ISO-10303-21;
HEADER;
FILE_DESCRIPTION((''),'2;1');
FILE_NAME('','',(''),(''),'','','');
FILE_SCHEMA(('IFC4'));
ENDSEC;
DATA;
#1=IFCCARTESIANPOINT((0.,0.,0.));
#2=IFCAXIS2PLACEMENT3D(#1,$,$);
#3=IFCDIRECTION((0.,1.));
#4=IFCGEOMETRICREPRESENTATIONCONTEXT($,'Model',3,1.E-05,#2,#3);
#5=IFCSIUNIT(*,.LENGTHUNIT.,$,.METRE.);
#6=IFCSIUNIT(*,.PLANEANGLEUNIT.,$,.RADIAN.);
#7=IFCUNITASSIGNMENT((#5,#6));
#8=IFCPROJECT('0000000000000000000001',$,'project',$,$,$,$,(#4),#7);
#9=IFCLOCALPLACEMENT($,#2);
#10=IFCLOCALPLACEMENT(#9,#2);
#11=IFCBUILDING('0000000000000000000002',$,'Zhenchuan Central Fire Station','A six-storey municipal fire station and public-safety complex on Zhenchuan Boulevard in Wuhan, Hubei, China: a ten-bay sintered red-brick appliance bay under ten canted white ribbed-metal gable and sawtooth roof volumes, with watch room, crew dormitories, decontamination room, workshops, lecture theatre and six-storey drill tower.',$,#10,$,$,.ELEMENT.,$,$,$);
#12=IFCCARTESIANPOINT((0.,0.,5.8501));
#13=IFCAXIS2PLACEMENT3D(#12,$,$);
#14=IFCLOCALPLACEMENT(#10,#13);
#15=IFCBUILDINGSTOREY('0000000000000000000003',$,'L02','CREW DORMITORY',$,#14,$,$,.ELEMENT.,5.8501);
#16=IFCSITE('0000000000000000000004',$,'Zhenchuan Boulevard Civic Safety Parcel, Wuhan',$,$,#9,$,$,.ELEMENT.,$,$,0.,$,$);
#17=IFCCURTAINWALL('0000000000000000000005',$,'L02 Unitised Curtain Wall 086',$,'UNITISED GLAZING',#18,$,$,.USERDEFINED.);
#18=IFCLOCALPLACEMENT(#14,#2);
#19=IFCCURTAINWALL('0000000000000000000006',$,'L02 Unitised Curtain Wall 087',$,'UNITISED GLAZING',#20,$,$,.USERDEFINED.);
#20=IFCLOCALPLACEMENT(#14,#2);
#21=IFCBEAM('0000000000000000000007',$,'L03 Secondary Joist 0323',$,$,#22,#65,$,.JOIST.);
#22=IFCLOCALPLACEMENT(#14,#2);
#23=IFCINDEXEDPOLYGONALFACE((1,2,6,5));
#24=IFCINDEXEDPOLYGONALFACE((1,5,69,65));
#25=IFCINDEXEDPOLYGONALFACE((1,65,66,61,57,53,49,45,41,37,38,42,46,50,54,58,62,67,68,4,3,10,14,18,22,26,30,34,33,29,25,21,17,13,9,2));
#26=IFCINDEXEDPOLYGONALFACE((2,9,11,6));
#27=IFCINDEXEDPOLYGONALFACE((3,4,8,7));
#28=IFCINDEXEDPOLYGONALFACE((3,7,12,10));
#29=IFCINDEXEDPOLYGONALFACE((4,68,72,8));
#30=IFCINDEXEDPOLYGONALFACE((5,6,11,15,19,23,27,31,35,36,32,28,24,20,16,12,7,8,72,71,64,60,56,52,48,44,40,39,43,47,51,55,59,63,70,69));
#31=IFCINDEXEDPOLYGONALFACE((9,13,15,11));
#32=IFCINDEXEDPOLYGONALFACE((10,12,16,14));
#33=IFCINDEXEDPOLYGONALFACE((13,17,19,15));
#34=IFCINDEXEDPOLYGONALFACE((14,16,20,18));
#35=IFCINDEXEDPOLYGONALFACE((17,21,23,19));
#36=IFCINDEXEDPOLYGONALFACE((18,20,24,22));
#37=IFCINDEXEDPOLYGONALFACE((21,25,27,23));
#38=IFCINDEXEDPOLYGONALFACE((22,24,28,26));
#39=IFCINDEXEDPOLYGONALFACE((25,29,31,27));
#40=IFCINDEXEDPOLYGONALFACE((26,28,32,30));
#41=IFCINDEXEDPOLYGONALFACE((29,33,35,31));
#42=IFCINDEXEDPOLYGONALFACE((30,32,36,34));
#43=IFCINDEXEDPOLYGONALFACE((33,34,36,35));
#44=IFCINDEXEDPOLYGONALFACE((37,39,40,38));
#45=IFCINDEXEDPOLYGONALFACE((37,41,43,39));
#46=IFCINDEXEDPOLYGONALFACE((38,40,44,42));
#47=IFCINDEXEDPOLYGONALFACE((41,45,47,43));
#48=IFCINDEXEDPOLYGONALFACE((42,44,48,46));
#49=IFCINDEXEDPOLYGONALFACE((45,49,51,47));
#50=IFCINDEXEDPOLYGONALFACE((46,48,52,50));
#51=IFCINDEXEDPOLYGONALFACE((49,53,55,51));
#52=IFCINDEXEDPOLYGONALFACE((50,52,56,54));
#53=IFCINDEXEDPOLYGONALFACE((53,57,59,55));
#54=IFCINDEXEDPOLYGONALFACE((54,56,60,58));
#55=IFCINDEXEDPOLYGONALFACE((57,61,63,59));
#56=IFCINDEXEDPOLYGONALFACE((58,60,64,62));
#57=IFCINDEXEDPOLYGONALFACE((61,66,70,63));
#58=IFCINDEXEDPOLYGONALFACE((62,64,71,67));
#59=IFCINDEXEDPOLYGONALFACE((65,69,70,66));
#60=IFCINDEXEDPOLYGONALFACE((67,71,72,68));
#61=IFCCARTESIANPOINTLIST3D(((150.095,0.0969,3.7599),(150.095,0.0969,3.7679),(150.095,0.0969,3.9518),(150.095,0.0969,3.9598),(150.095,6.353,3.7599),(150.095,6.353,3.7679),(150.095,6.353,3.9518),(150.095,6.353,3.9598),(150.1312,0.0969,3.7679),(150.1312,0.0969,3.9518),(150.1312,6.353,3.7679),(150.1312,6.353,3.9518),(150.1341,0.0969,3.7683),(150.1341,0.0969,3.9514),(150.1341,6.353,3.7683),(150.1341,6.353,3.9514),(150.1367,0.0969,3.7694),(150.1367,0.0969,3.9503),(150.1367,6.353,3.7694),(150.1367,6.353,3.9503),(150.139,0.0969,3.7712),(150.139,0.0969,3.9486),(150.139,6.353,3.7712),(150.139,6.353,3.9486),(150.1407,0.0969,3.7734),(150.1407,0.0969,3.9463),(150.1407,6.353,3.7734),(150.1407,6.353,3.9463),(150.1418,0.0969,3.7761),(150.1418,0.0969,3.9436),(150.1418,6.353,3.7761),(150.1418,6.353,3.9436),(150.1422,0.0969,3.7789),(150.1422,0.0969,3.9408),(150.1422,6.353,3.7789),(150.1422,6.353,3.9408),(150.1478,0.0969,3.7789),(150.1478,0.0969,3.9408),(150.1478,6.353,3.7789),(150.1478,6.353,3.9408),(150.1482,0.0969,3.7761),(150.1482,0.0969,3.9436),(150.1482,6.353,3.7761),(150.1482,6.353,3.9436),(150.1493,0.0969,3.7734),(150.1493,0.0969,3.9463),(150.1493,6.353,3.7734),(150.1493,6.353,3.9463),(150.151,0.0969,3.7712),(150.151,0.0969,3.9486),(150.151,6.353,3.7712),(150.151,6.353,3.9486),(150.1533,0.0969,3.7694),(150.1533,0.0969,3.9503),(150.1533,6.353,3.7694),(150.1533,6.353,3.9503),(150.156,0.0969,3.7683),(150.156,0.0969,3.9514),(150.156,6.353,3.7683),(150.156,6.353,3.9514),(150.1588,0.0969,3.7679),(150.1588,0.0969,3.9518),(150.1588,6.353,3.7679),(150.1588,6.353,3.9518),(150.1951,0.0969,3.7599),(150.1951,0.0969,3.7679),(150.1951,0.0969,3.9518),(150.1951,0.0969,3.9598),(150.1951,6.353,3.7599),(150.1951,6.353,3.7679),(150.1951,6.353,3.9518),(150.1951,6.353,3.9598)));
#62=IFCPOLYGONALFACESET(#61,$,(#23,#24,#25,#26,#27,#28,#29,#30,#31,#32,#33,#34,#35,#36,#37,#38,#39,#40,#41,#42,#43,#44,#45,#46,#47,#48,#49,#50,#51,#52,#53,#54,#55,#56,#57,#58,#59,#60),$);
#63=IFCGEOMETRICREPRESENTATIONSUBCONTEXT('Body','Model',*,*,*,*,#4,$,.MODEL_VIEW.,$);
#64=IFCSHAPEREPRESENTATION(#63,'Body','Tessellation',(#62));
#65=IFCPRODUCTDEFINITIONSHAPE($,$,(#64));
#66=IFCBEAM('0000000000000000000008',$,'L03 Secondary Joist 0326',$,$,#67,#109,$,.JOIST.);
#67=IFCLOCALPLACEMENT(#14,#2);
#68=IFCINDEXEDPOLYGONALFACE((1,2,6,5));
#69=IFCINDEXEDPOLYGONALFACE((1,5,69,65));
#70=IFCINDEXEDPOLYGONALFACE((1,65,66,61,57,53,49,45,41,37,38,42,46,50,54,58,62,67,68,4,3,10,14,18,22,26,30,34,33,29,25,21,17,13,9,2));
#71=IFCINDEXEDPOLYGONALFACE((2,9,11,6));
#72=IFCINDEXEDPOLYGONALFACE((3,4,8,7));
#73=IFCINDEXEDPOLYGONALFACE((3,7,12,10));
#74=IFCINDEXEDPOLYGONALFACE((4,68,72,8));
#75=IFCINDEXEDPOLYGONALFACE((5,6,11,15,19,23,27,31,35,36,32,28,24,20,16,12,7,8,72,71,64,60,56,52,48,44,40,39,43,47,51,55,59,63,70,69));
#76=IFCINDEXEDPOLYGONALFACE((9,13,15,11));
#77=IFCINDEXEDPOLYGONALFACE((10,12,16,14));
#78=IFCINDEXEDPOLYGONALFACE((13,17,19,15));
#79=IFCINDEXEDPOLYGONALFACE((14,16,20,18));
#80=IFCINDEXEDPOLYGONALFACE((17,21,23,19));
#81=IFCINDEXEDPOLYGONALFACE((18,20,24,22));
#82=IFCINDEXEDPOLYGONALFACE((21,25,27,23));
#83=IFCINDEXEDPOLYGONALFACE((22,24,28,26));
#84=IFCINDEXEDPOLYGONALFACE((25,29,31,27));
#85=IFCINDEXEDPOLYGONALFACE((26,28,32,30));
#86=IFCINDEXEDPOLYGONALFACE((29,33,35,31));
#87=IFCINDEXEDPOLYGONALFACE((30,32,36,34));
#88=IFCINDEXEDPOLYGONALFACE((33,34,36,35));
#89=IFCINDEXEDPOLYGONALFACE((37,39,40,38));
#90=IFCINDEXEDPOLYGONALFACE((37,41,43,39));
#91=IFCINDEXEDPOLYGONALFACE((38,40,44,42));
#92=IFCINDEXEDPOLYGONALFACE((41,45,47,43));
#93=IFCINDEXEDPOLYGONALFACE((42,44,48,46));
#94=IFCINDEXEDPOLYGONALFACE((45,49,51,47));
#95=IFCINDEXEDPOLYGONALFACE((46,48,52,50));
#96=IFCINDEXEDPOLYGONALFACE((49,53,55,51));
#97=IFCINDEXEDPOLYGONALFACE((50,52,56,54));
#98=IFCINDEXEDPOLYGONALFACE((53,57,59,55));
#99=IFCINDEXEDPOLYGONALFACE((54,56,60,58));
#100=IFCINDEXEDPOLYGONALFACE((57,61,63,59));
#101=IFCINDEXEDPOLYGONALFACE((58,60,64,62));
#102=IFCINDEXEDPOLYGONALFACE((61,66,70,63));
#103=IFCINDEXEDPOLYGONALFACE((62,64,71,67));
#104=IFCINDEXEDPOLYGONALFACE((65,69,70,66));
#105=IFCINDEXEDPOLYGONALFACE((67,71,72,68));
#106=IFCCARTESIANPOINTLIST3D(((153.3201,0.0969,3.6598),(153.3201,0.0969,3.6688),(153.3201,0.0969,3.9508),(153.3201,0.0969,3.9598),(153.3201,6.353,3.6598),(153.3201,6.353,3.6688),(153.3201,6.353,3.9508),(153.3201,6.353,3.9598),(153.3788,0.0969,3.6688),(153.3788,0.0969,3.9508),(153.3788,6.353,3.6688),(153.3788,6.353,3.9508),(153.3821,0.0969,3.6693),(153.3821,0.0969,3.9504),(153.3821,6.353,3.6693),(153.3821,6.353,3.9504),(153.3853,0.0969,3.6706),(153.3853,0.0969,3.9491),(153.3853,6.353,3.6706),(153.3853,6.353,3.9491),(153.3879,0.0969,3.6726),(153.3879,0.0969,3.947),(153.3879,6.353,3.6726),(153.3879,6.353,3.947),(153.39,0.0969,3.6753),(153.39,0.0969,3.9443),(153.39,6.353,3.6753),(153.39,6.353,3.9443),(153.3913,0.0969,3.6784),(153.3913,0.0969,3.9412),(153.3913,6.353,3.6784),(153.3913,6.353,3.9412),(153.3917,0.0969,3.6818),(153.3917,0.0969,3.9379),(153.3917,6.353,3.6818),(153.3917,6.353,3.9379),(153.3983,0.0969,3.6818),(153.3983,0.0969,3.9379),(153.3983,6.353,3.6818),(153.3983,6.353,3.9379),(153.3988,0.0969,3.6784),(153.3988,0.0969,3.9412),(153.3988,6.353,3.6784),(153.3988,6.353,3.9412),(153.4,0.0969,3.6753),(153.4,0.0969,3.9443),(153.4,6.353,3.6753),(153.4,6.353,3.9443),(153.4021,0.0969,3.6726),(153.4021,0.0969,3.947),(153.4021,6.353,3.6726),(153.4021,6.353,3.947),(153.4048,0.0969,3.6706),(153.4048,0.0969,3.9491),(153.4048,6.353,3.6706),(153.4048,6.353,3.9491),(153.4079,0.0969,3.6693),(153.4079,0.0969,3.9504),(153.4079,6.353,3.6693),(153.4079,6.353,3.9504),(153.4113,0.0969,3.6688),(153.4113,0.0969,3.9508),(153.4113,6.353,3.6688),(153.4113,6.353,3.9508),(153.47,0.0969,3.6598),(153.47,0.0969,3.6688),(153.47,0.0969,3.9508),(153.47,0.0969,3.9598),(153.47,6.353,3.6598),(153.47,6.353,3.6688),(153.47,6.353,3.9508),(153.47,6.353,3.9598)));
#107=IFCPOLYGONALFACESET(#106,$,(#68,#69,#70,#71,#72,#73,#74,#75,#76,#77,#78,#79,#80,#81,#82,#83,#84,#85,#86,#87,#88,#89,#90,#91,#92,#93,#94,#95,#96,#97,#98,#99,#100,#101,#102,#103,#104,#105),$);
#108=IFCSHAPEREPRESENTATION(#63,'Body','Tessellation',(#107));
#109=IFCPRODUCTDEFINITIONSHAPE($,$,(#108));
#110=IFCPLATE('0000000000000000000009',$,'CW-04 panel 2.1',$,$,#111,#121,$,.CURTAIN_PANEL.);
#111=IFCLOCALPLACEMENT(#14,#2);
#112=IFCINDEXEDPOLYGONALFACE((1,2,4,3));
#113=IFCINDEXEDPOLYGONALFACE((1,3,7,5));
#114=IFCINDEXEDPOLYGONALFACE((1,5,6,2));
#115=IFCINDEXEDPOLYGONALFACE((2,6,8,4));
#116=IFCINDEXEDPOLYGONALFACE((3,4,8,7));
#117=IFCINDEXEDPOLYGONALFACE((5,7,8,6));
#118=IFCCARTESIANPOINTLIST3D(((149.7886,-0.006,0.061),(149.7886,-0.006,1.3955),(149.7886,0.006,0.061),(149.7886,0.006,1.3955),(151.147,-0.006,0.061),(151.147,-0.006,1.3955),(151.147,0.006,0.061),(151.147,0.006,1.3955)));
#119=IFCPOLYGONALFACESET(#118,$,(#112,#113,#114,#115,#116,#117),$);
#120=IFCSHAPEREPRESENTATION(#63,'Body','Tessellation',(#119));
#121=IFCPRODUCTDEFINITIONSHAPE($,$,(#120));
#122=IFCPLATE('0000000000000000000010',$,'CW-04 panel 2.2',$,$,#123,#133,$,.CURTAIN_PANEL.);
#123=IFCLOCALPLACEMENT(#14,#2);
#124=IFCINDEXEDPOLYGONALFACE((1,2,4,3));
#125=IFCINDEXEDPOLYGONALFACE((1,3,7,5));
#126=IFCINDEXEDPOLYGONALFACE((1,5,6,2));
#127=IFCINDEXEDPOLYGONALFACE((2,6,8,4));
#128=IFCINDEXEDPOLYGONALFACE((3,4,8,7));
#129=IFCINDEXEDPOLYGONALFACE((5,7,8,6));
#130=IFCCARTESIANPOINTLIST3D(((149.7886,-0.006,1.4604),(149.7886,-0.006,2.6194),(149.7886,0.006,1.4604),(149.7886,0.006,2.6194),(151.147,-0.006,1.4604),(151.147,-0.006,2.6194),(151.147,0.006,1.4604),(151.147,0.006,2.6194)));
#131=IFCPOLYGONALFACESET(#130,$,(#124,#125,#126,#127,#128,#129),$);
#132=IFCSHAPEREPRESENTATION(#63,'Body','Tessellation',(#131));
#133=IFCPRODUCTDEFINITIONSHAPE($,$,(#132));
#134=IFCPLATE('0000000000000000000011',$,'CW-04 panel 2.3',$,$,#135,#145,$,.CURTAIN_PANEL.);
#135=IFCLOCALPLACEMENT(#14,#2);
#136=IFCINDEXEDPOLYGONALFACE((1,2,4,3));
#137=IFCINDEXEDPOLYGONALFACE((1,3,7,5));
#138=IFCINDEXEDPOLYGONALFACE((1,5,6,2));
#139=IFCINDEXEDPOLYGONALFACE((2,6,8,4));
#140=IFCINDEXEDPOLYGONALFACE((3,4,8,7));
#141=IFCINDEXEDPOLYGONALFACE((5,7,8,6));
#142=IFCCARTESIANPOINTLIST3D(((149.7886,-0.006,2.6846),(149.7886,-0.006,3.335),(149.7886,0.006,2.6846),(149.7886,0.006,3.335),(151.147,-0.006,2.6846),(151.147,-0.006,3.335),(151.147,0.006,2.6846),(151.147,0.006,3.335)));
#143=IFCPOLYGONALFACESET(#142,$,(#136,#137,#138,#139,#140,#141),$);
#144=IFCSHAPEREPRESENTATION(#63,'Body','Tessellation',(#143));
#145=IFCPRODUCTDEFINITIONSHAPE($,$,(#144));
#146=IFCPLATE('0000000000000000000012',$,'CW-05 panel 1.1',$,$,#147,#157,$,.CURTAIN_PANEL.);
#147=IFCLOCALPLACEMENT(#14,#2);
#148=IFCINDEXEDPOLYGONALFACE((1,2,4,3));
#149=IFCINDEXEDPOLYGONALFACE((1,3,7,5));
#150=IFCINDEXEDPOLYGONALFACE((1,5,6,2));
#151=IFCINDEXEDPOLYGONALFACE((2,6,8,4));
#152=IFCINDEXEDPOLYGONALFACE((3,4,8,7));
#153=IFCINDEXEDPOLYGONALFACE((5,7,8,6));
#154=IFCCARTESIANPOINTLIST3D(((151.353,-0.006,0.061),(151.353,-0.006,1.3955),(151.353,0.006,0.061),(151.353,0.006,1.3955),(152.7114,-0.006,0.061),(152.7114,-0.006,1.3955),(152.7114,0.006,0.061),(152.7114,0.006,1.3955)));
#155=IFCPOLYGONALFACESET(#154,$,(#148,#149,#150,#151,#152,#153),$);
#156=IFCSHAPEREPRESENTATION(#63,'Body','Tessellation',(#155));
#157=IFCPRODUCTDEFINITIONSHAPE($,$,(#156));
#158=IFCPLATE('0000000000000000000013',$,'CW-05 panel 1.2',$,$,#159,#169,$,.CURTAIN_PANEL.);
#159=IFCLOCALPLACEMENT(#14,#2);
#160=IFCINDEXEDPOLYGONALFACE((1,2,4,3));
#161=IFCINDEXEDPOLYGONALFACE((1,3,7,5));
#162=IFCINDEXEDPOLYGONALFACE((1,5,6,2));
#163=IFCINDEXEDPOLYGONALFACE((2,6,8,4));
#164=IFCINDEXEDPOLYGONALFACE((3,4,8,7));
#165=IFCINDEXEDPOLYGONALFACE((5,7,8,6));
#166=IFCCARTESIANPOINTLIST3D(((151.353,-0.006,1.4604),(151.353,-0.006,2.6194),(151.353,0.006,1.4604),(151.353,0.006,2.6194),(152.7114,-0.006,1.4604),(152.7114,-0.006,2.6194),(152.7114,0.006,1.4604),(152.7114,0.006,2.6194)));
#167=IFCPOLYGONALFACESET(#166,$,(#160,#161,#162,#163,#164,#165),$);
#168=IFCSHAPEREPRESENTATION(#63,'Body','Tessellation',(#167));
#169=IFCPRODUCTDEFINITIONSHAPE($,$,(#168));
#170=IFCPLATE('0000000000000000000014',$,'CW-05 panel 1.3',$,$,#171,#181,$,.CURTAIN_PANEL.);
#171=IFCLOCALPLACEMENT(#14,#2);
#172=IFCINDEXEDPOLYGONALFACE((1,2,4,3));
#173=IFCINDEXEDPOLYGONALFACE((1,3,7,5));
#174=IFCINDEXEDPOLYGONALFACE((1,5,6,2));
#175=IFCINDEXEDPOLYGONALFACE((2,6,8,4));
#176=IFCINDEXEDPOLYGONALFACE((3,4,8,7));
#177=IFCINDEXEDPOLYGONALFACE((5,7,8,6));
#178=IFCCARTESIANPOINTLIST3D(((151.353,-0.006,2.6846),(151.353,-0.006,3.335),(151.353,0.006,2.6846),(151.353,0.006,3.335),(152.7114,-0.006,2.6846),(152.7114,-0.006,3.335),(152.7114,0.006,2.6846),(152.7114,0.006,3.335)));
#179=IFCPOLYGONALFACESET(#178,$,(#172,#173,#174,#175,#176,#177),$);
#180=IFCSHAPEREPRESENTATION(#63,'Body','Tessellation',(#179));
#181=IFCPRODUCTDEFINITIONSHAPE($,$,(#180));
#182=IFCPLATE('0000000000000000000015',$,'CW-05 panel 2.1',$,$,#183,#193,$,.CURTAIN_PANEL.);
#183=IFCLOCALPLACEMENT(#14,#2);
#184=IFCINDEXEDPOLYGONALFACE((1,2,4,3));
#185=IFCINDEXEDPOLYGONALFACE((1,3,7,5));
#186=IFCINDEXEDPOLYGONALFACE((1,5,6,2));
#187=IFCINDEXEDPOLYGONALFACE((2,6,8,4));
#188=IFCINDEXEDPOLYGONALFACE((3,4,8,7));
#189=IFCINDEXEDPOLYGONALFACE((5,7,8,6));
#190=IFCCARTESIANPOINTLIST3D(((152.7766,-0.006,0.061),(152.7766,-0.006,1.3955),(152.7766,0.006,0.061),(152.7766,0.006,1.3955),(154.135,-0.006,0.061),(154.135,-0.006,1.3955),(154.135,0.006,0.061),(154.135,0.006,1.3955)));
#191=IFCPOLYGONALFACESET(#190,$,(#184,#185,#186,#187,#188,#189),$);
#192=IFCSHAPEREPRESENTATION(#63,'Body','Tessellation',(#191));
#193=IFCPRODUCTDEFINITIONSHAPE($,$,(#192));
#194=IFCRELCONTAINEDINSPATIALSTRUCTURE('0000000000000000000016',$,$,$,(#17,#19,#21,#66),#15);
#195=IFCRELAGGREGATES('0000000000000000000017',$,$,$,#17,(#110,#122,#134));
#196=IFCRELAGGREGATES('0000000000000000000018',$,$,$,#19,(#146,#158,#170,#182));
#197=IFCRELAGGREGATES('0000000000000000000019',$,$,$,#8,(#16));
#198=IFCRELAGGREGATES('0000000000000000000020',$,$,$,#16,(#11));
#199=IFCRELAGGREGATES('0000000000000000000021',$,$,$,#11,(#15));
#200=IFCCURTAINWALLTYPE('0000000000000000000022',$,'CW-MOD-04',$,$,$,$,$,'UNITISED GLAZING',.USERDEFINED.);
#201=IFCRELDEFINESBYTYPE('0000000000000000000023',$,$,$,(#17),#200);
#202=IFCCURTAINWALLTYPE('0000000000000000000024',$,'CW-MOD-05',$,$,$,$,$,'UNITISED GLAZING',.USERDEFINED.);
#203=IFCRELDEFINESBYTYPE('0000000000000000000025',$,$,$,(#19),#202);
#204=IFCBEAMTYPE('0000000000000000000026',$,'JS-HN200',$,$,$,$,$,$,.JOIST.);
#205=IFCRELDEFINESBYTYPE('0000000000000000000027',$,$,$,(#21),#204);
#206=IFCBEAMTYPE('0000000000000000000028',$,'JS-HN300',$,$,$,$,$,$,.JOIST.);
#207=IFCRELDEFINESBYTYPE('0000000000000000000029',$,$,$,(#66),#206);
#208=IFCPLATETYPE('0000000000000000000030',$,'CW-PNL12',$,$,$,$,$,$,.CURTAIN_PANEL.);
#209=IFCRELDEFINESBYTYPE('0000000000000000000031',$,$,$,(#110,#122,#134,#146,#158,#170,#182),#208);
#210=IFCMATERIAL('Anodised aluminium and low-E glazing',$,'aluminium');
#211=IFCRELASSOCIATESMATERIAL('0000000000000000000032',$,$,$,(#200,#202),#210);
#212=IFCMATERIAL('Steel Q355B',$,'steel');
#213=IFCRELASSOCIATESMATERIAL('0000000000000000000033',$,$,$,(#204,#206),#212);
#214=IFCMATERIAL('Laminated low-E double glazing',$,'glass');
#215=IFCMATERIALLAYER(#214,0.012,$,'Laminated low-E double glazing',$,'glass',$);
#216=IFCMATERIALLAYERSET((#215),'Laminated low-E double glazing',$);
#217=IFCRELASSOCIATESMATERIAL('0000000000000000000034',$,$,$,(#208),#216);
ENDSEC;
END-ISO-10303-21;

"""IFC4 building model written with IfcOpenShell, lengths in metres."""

from ifc_helpers import new_model, si_unit, direction, frame, origin, origin_2d, place, context, subcontext, project, spatial, rectangle, i_section, extrude, material, layer, layer_set, material_profile, profile_set, type_object, element, aggregate, save


model = new_model("IFC4")

# Units and contexts
model_context = context("Model", 3, precision=1e-05, world=origin(), true_north=direction((0.0, 1.0)))
body_context = subcontext(model_context, "Body", "Model", "MODEL_VIEW")
ifc_project = project(units=[si_unit("LENGTHUNIT", "METRE"), si_unit("PLANEANGLEUNIT", "RADIAN")], contexts=[model_context])

# Site, building, storey
site_placement = place(None, origin())
site = spatial("IfcSite", under=ifc_project, at=site_placement, Name="Zhenchuan Boulevard Civic Safety Parcel, Wuhan", CompositionType="ELEMENT", RefElevation=0.0)
building_placement = place(site_placement, origin())
building = spatial("IfcBuilding", under=site, at=building_placement, Name="Zhenchuan Central Fire Station", Description="A six-storey municipal fire station and public-safety complex on Zhenchuan Boulevard in Wuhan, Hubei, China: a ten-bay sintered red-brick appliance bay under ten canted white ribbed-metal gable and sawtooth roof volumes, with watch room, crew dormitories, decontamination room, workshops, lecture theatre and six-storey drill tower.", CompositionType="ELEMENT")
storey_placement = place(building_placement, frame((0.0, 0.0, 5.8501)))
storey = spatial("IfcBuildingStorey", under=building, at=storey_placement, Name="L02", Description="CREW DORMITORY", CompositionType="ELEMENT", Elevation=5.8501)

# Shared definitions
ifc_material_1 = material(Name="Steel Q355B", Category="steel")

# Curtain walls
ifc_material_2 = material(Name="Anodised aluminium and low-E glazing", Category="aluminium")
curtain_wall_type_1 = type_object("IfcCurtainWallType", Name="CW-MOD-04", ElementType="UNITISED GLAZING", PredefinedType="USERDEFINED", material=ifc_material_2)
curtain_wall_1_placement = place(storey_placement, origin())
curtain_wall_1 = element("IfcCurtainWall", 1, at=curtain_wall_1_placement, inside=storey, type_object=curtain_wall_type_1, Name="L02 Unitised Curtain Wall 086", ObjectType="UNITISED GLAZING", PredefinedType="USERDEFINED")
curtain_wall_type_2 = type_object("IfcCurtainWallType", Name="CW-MOD-05", ElementType="UNITISED GLAZING", PredefinedType="USERDEFINED", material=ifc_material_2)
curtain_wall_2_placement = place(storey_placement, origin())
curtain_wall_2 = element("IfcCurtainWall", 2, at=curtain_wall_2_placement, inside=storey, type_object=curtain_wall_type_2, Name="L02 Unitised Curtain Wall 087", ObjectType="UNITISED GLAZING", PredefinedType="USERDEFINED")

# Beams
ifc_material_profile_1 = material_profile(ifc_material_1, i_section(OverallWidth=0.1001, OverallDepth=0.2, WebThickness=0.0056, FlangeThickness=0.0081, FilletRadius=0.011, at=origin_2d()), Name="HN 200x100")
ifc_profile_set_1 = profile_set([ifc_material_profile_1], Name="Steel Q355B")
beam_type_1 = type_object("IfcBeamType", Name="JS-HN200", PredefinedType="JOIST", material=ifc_profile_set_1)
beam_1_placement = place(storey_placement, frame((150.145, 0.0969, 3.8599), z_axis=(0.0, 1.0, 0.0), x_axis=(-1.0, 0.0, 0.0)))
element("IfcBeam", 3, at=beam_1_placement, inside=storey, type_object=beam_type_1, Name="L03 Secondary Joist 0323", PredefinedType="JOIST", context=body_context, shape_type="SweptSolid", body=[
    extrude(i_section(OverallWidth=0.1001, OverallDepth=0.2, WebThickness=0.0056, FlangeThickness=0.0081, FilletRadius=0.011, at=origin_2d()), origin(), (0.0, 0.0, 1.0), 6.2561),
])
ifc_material_profile_2 = material_profile(ifc_material_1, i_section(OverallWidth=0.1499, OverallDepth=0.3, WebThickness=0.0066, FlangeThickness=0.009, FilletRadius=0.0129, at=origin_2d()), Name="HN 300x150")
ifc_profile_set_2 = profile_set([ifc_material_profile_2], Name="Steel Q355B")
beam_type_2 = type_object("IfcBeamType", Name="JS-HN300", PredefinedType="JOIST", material=ifc_profile_set_2)
beam_2_placement = place(storey_placement, frame((153.395, 0.0969, 3.8098), z_axis=(0.0, 1.0, 0.0), x_axis=(-1.0, 0.0, 0.0)))
element("IfcBeam", 4, at=beam_2_placement, inside=storey, type_object=beam_type_2, Name="L03 Secondary Joist 0326", PredefinedType="JOIST", context=body_context, shape_type="SweptSolid", body=[
    extrude(i_section(OverallWidth=0.1499, OverallDepth=0.3, WebThickness=0.0066, FlangeThickness=0.009, FilletRadius=0.0129, at=origin_2d()), origin(), (0.0, 0.0, 1.0), 6.2561),
])

# Plates
ifc_material_3 = material(Name="Laminated low-E double glazing", Category="glass")
ifc_layer_1 = layer(ifc_material_3, 0.012, Name="Laminated low-E double glazing", Category="glass")
ifc_layer_set_1 = layer_set([ifc_layer_1], Name="Laminated low-E double glazing")
plate_type = type_object("IfcPlateType", Name="CW-PNL12", PredefinedType="CURTAIN_PANEL", material=ifc_layer_set_1)
plate_1_placement = place(storey_placement, frame((150.4678, 0.0, 0.061), z_axis=(0.0, 0.0, 1.0), x_axis=(1.0, 0.0, 0.0)))
plate_1 = element("IfcPlate", 5, at=plate_1_placement, type_object=plate_type, Name="CW-04 panel 2.1", PredefinedType="CURTAIN_PANEL", context=body_context, shape_type="SweptSolid", body=[
    extrude(rectangle(XDim=1.3584, YDim=0.012, at=origin_2d()), origin(), (0.0, 0.0, 1.0), 1.3345),
])
plate_2_placement = place(storey_placement, frame((150.4678, 0.0, 1.4604), z_axis=(0.0, 0.0, 1.0), x_axis=(1.0, 0.0, 0.0)))
plate_2 = element("IfcPlate", 6, at=plate_2_placement, type_object=plate_type, Name="CW-04 panel 2.2", PredefinedType="CURTAIN_PANEL", context=body_context, shape_type="SweptSolid", body=[
    extrude(rectangle(XDim=1.3584, YDim=0.012, at=origin_2d()), origin(), (0.0, 0.0, 1.0), 1.1589),
])
plate_3_placement = place(storey_placement, frame((150.4678, 0.0, 2.6846), z_axis=(0.0, 0.0, 1.0), x_axis=(1.0, 0.0, 0.0)))
plate_3 = element("IfcPlate", 7, at=plate_3_placement, type_object=plate_type, Name="CW-04 panel 2.3", PredefinedType="CURTAIN_PANEL", context=body_context, shape_type="SweptSolid", body=[
    extrude(rectangle(XDim=1.3584, YDim=0.012, at=origin_2d()), origin(), (0.0, 0.0, 1.0), 0.6504),
])
aggregate(curtain_wall_1, [plate_1, plate_2, plate_3])
plate_4_placement = place(storey_placement, frame((152.0322, 0.0, 0.061), z_axis=(0.0, 0.0, 1.0), x_axis=(1.0, 0.0, 0.0)))
plate_4 = element("IfcPlate", 8, at=plate_4_placement, type_object=plate_type, Name="CW-05 panel 1.1", PredefinedType="CURTAIN_PANEL", context=body_context, shape_type="SweptSolid", body=[
    extrude(rectangle(XDim=1.3584, YDim=0.012, at=origin_2d()), origin(), (0.0, 0.0, 1.0), 1.3345),
])
plate_5_placement = place(storey_placement, frame((152.0322, 0.0, 1.4604), z_axis=(0.0, 0.0, 1.0), x_axis=(1.0, 0.0, 0.0)))
plate_5 = element("IfcPlate", 9, at=plate_5_placement, type_object=plate_type, Name="CW-05 panel 1.2", PredefinedType="CURTAIN_PANEL", context=body_context, shape_type="SweptSolid", body=[
    extrude(rectangle(XDim=1.3584, YDim=0.012, at=origin_2d()), origin(), (0.0, 0.0, 1.0), 1.1589),
])
plate_6_placement = place(storey_placement, frame((152.0322, 0.0, 2.6846), z_axis=(0.0, 0.0, 1.0), x_axis=(1.0, 0.0, 0.0)))
plate_6 = element("IfcPlate", 10, at=plate_6_placement, type_object=plate_type, Name="CW-05 panel 1.3", PredefinedType="CURTAIN_PANEL", context=body_context, shape_type="SweptSolid", body=[
    extrude(rectangle(XDim=1.3584, YDim=0.012, at=origin_2d()), origin(), (0.0, 0.0, 1.0), 0.6504),
])
plate_7_placement = place(storey_placement, frame((153.4558, 0.0, 0.061), z_axis=(0.0, 0.0, 1.0), x_axis=(1.0, 0.0, 0.0)))
plate_7 = element("IfcPlate", 11, at=plate_7_placement, type_object=plate_type, Name="CW-05 panel 2.1", PredefinedType="CURTAIN_PANEL", context=body_context, shape_type="SweptSolid", body=[
    extrude(rectangle(XDim=1.3584, YDim=0.012, at=origin_2d()), origin(), (0.0, 0.0, 1.0), 1.3345),
])
aggregate(curtain_wall_2, [plate_4, plate_5, plate_6, plate_7])

save(model, "model.ifc")
